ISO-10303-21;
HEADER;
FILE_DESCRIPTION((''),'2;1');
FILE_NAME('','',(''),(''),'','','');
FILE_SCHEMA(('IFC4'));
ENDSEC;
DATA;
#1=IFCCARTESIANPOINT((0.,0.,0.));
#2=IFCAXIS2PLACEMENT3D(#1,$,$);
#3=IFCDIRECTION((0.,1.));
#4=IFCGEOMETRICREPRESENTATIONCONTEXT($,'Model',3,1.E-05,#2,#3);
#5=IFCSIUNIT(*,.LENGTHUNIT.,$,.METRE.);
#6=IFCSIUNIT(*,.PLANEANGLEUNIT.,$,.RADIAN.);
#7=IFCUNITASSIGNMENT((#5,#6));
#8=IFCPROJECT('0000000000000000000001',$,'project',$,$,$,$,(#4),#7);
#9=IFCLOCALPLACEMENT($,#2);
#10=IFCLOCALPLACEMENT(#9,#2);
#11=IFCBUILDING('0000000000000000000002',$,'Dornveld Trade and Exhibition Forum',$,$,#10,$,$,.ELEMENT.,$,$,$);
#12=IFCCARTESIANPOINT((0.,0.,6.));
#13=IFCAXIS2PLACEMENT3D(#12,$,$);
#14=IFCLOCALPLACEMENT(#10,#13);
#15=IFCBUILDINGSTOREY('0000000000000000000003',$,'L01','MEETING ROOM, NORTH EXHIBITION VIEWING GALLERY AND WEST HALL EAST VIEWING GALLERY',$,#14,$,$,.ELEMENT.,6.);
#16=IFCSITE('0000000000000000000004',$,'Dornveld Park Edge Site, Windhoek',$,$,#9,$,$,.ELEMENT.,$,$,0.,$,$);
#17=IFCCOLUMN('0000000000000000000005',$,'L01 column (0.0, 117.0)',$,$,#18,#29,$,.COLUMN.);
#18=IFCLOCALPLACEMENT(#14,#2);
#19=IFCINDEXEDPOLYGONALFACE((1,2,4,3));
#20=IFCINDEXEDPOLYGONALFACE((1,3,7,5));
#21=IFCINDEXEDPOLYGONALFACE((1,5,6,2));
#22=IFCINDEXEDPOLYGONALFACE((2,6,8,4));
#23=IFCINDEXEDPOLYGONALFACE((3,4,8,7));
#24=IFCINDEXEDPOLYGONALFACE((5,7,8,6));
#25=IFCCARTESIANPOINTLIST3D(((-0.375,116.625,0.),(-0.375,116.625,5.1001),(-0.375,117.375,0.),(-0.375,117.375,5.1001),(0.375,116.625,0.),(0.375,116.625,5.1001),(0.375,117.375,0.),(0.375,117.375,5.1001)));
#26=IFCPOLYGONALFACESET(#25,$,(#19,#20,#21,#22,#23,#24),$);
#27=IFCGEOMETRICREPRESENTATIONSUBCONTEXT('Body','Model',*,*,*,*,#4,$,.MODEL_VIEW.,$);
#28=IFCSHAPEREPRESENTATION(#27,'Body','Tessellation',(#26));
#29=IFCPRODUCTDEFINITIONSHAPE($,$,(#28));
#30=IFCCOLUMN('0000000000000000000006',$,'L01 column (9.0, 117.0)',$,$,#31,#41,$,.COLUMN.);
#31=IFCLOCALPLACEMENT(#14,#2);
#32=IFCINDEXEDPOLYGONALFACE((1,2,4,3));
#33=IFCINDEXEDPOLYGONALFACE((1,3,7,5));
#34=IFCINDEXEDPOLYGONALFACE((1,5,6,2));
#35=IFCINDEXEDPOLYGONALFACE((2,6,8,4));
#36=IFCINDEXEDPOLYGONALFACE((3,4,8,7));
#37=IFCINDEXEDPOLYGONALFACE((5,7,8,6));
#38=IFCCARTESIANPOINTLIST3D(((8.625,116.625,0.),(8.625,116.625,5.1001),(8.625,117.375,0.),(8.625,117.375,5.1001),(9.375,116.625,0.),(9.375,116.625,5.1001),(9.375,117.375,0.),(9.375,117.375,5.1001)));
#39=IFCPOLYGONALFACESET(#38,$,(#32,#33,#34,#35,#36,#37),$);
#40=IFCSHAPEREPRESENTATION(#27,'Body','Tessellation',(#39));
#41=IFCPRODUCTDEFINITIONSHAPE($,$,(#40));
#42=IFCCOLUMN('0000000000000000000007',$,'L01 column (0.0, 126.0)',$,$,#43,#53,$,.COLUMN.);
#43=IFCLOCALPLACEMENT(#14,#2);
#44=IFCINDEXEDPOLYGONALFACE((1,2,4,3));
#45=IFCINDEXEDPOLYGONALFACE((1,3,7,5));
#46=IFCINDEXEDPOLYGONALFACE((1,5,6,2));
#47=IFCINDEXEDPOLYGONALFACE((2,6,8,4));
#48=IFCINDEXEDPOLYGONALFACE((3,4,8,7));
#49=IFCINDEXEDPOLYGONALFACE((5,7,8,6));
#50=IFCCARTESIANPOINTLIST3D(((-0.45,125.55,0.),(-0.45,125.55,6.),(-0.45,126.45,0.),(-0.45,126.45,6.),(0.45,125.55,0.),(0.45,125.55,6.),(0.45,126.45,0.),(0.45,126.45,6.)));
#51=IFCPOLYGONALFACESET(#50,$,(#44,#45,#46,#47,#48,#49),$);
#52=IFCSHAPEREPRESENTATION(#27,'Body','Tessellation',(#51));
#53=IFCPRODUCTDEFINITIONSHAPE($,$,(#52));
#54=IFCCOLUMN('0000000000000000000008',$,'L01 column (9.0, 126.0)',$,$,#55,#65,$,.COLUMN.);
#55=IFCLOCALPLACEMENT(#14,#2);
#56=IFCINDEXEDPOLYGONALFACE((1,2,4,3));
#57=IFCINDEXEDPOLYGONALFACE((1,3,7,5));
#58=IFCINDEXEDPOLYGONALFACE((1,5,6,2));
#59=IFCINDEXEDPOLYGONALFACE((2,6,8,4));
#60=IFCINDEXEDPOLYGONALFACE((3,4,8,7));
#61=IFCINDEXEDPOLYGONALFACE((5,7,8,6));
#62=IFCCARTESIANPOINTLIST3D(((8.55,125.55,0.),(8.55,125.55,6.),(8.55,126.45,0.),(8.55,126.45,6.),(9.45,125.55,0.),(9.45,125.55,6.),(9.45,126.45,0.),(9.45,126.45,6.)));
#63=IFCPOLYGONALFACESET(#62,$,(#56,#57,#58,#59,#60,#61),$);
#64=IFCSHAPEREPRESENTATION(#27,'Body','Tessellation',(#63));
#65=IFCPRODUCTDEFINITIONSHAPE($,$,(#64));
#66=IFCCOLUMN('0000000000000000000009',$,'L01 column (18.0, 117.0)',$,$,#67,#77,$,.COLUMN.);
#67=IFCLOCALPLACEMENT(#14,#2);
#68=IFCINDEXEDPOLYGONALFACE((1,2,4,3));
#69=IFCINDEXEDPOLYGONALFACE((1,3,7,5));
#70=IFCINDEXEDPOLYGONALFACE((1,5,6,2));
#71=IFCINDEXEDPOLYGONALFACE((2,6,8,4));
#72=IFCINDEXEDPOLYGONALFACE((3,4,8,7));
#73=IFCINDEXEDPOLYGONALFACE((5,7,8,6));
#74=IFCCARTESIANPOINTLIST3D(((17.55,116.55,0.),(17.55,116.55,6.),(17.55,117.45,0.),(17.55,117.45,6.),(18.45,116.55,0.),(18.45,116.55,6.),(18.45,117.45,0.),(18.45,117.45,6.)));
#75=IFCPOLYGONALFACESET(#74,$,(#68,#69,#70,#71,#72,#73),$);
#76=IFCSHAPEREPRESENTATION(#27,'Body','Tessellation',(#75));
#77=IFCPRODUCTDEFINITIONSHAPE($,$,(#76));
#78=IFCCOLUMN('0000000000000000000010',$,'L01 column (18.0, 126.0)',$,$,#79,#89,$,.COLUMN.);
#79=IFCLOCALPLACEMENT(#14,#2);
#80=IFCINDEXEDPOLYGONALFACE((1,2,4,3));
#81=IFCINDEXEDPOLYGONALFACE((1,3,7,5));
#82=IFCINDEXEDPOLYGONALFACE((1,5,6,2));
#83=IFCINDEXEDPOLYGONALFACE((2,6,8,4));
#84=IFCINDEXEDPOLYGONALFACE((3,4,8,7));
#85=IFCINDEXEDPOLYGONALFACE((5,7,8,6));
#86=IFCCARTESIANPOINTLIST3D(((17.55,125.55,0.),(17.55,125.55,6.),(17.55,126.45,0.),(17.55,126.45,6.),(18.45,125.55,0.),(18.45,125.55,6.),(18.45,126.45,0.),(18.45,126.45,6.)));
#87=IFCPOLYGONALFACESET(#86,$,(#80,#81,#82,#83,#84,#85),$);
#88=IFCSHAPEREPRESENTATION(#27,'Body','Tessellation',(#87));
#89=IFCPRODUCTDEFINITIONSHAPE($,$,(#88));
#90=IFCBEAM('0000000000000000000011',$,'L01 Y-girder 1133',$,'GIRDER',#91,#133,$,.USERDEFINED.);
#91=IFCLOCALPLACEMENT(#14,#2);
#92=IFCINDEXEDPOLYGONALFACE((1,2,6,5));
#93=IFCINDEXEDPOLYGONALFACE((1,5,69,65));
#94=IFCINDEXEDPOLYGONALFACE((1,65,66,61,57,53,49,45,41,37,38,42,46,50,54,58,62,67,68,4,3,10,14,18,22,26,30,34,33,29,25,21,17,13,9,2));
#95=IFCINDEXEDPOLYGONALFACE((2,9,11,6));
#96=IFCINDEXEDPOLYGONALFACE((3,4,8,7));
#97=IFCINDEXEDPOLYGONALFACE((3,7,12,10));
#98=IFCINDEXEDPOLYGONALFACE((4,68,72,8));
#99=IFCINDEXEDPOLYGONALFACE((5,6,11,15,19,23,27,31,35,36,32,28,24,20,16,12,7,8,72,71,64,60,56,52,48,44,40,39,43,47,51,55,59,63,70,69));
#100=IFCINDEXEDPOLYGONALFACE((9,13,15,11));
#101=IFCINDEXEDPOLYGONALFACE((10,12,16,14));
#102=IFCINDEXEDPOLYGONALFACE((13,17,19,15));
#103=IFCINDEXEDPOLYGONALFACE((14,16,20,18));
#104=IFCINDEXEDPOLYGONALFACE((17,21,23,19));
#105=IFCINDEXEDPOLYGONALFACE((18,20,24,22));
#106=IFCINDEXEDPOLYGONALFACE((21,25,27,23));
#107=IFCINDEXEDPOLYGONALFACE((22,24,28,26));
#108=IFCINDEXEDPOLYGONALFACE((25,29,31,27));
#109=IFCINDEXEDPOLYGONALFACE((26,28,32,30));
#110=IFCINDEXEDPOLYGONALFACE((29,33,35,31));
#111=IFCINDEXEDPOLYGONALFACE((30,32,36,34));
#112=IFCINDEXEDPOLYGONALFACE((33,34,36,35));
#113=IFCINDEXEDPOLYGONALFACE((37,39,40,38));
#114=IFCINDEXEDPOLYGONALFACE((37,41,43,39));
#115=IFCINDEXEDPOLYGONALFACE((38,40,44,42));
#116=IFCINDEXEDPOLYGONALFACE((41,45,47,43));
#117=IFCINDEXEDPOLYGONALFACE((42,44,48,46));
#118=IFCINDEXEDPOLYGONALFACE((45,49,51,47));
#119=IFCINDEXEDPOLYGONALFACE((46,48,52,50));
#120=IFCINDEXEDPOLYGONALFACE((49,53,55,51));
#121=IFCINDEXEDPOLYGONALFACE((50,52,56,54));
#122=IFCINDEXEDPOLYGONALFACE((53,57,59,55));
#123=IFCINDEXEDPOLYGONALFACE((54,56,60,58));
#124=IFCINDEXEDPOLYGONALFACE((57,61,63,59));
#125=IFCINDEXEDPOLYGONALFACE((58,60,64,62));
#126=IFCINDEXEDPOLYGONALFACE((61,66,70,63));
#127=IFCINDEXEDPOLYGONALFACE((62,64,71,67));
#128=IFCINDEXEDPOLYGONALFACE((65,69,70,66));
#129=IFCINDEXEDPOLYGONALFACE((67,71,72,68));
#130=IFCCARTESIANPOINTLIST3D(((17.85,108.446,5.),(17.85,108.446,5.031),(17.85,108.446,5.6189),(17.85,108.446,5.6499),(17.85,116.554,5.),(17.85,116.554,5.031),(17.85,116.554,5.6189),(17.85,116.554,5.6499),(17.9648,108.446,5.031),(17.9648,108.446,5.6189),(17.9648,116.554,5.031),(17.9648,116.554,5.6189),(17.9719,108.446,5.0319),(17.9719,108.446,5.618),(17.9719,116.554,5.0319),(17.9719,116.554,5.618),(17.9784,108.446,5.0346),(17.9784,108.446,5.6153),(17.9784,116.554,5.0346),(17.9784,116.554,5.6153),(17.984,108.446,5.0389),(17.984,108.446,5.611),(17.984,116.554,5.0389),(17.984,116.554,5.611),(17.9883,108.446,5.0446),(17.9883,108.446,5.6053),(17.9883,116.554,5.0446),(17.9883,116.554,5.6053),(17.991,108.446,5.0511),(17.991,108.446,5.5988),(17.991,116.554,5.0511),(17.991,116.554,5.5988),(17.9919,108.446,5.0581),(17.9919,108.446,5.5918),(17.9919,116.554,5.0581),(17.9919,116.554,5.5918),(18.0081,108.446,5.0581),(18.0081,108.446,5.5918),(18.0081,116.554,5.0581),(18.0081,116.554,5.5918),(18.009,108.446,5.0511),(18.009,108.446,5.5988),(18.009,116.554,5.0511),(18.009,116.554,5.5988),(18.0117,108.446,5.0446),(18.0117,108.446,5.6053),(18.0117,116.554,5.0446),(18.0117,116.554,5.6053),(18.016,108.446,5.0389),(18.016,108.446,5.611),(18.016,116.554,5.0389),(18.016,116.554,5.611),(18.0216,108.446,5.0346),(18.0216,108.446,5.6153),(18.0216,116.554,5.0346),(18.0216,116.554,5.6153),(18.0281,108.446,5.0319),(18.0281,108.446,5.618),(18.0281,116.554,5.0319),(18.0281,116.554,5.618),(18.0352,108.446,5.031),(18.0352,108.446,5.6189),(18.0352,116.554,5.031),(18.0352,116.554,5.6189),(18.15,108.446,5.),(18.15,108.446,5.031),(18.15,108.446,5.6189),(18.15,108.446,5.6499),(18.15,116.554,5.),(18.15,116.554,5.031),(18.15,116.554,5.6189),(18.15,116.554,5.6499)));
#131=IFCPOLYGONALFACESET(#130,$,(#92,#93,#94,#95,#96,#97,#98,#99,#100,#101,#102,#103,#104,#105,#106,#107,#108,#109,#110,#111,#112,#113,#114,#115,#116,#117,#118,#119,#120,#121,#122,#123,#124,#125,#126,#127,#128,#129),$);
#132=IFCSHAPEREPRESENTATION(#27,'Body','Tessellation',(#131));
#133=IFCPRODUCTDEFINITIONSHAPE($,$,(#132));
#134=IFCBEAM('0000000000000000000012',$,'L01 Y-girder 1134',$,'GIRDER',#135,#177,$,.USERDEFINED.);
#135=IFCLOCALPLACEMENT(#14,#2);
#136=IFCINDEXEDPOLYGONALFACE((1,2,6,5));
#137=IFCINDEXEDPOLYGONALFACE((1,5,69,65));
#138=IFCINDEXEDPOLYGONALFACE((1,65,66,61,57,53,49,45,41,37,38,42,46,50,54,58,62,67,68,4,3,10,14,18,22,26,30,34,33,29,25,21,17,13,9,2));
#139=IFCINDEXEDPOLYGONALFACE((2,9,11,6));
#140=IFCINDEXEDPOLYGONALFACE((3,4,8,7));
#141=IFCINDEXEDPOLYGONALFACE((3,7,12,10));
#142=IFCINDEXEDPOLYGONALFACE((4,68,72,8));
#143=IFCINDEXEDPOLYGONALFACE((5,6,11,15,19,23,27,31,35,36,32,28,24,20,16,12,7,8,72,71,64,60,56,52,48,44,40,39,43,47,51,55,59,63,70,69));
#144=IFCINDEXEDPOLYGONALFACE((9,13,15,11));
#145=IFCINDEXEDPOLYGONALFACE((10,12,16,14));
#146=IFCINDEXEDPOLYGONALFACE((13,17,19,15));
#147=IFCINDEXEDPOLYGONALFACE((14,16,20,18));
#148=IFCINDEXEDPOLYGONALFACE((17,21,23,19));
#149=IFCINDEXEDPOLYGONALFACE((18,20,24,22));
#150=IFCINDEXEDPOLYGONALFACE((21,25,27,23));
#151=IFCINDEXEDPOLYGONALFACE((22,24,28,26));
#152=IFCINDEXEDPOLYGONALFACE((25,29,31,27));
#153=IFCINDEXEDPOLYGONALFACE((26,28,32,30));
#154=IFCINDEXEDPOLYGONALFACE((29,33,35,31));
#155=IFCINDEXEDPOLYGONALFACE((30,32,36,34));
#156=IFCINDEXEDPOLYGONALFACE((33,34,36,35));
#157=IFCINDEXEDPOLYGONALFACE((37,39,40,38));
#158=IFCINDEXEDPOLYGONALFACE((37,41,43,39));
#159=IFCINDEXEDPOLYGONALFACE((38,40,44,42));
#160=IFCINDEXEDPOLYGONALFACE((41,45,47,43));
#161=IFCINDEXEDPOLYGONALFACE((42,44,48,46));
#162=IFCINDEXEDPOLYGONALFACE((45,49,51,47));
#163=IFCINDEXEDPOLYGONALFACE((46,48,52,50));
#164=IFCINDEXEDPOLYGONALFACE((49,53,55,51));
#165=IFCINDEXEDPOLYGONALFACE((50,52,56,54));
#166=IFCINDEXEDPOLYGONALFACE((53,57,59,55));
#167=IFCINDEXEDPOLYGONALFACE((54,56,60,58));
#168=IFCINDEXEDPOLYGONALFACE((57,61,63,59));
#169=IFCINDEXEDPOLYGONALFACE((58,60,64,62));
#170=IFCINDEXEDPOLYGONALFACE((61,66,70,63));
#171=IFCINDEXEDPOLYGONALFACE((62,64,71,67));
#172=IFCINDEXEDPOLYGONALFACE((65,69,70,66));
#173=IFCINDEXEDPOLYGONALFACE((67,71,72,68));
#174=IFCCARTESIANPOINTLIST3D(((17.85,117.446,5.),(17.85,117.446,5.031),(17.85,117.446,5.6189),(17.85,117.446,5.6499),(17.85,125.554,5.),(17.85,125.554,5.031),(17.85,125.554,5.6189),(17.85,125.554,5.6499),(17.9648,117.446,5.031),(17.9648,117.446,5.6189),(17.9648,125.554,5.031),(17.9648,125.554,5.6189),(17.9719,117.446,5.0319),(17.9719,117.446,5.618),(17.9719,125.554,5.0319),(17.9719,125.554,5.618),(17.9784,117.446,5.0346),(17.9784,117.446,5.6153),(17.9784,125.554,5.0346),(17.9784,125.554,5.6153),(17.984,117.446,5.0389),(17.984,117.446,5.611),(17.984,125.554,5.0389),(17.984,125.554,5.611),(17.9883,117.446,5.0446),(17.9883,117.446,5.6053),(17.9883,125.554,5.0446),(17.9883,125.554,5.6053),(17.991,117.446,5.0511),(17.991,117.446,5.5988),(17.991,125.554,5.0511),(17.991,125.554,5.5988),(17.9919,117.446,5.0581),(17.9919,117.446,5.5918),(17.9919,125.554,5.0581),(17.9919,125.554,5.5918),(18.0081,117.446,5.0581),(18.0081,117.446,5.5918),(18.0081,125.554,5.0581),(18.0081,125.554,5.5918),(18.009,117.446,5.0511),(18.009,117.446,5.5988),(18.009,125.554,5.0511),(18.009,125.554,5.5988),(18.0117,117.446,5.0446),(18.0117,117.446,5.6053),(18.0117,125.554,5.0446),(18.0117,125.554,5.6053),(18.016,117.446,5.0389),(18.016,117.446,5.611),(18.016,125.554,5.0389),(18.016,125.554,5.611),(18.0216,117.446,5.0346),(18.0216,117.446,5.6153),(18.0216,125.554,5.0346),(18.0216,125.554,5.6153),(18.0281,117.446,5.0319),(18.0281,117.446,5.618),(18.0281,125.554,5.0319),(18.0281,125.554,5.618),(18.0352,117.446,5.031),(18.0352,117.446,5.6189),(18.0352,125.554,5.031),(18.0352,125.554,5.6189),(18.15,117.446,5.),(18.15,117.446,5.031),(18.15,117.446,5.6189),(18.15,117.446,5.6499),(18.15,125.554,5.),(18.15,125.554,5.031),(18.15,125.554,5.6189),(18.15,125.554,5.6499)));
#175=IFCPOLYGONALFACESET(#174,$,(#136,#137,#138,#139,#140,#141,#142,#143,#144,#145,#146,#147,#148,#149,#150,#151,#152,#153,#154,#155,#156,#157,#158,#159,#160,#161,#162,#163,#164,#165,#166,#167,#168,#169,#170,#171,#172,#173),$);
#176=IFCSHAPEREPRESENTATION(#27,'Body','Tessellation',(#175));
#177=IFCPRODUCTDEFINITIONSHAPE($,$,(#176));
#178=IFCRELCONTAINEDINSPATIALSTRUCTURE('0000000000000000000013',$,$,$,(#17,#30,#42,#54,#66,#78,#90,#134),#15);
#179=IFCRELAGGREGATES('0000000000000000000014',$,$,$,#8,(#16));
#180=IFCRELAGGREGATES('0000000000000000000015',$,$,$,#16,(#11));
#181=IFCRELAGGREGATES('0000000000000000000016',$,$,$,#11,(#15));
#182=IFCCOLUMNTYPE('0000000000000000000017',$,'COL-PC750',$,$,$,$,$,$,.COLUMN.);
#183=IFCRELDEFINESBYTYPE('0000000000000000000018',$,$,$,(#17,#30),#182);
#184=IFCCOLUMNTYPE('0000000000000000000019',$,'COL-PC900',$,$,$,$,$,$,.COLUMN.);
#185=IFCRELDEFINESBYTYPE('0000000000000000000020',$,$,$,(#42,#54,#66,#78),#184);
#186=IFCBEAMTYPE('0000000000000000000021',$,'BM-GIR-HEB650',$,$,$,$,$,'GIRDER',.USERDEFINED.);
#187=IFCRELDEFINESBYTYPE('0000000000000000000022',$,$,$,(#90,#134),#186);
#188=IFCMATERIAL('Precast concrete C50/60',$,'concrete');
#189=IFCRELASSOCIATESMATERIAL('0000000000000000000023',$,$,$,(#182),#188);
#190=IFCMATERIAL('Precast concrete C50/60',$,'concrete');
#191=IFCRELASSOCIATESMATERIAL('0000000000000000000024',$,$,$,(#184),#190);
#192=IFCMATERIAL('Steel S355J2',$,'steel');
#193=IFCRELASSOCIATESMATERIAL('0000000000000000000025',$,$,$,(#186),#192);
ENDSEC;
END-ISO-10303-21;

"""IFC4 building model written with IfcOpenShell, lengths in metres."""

from ifc_helpers import new_model, si_unit, direction, frame, origin, origin_2d, place, context, subcontext, project, spatial, rectangle, i_section, extrude, material, material_profile, profile_set, type_object, element, save


model = new_model("IFC4")

# Units and contexts
model_context = context("Model", 3, precision=1e-05, world=origin(), true_north=direction((0.0, 1.0)))
body_context = subcontext(model_context, "Body", "Model", "MODEL_VIEW")
ifc_project = project(units=[si_unit("LENGTHUNIT", "METRE"), si_unit("PLANEANGLEUNIT", "RADIAN")], contexts=[model_context])

# Site, building, storey
site_placement = place(None, origin())
site = spatial("IfcSite", under=ifc_project, at=site_placement, Name="Dornveld Park Edge Site, Windhoek", CompositionType="ELEMENT", RefElevation=0.0)
building_placement = place(site_placement, origin())
building = spatial("IfcBuilding", under=site, at=building_placement, Name="Dornveld Trade and Exhibition Forum", CompositionType="ELEMENT")
storey_placement = place(building_placement, frame((0.0, 0.0, 6.0)))
storey = spatial("IfcBuildingStorey", under=building, at=storey_placement, Name="L01", Description="MEETING ROOM, NORTH EXHIBITION VIEWING GALLERY AND WEST HALL EAST VIEWING GALLERY", CompositionType="ELEMENT", Elevation=6.0)

# Columns
ifc_material_1 = material(Name="Precast concrete C50/60", Category="concrete")
ifc_material_profile_1 = material_profile(ifc_material_1, rectangle(XDim=0.75, YDim=0.75, at=origin_2d()), Name="PC-COL 750x750")
ifc_profile_set_1 = profile_set([ifc_material_profile_1], Name="Precast concrete C50/60")
column_type_1 = type_object("IfcColumnType", Name="COL-PC750", PredefinedType="COLUMN", material=ifc_profile_set_1)
for number, where, z_axis, x_axis, name in (
    (1, (0.0, 117.0, 0.0), (0.0, 0.0, 1.0), (1.0, 0.0, 0.0), "L01 column (0.0, 117.0)"),
    (2, (9.0, 117.0, 0.0), (0.0, 0.0, 1.0), (1.0, 0.0, 0.0), "L01 column (9.0, 117.0)"),
):
    element("IfcColumn", number, at=place(storey_placement, frame(where, z_axis=z_axis, x_axis=x_axis)), inside=storey, type_object=column_type_1, Name=name, PredefinedType="COLUMN", context=body_context, shape_type="SweptSolid", body=[
        extrude(rectangle(XDim=0.75, YDim=0.75, at=origin_2d()), origin(), (0.0, 0.0, 1.0), 5.1001),
    ])
ifc_material_2 = material(Name="Precast concrete C50/60", Category="concrete")
ifc_material_profile_2 = material_profile(ifc_material_2, rectangle(XDim=0.8999, YDim=0.8999, at=origin_2d()), Name="PC-COL 900x900")
ifc_profile_set_2 = profile_set([ifc_material_profile_2], Name="Precast concrete C50/60")
column_type_2 = type_object("IfcColumnType", Name="COL-PC900", PredefinedType="COLUMN", material=ifc_profile_set_2)
for number, where, z_axis, x_axis, name in (
    (3, (0.0, 126.0, 0.0), (0.0, 0.0, 1.0), (1.0, 0.0, 0.0), "L01 column (0.0, 126.0)"),
    (4, (9.0, 126.0, 0.0), (0.0, 0.0, 1.0), (1.0, 0.0, 0.0), "L01 column (9.0, 126.0)"),
    (5, (18.0, 117.0, 0.0), (0.0, 0.0, 1.0), (1.0, 0.0, 0.0), "L01 column (18.0, 117.0)"),
    (6, (18.0, 126.0, 0.0), (0.0, 0.0, 1.0), (1.0, 0.0, 0.0), "L01 column (18.0, 126.0)"),
):
    element("IfcColumn", number, at=place(storey_placement, frame(where, z_axis=z_axis, x_axis=x_axis)), inside=storey, type_object=column_type_2, Name=name, PredefinedType="COLUMN", context=body_context, shape_type="SweptSolid", body=[
        extrude(rectangle(XDim=0.8999, YDim=0.8999, at=origin_2d()), origin(), (0.0, 0.0, 1.0), 6.0),
    ])

# Beams
ifc_material_3 = material(Name="Steel S355J2", Category="steel")
ifc_material_profile_3 = material_profile(ifc_material_3, i_section(OverallWidth=0.3, OverallDepth=0.6499, WebThickness=0.0161, FlangeThickness=0.031, FilletRadius=0.0271, at=origin_2d()), Name="HEB 650")
ifc_profile_set_3 = profile_set([ifc_material_profile_3], Name="Steel S355J2")
beam_type_1 = type_object("IfcBeamType", Name="BM-GIR-HEB650", ElementType="GIRDER", PredefinedType="USERDEFINED", material=ifc_profile_set_3)
for number, where, z_axis, x_axis, name in (
    (7, (18.0, 108.446, 5.325), (0.0, 1.0, 0.0), (-1.0, 0.0, 0.0), "L01 Y-girder 1133"),
    (8, (18.0, 117.446, 5.325), (0.0, 1.0, 0.0), (-1.0, 0.0, 0.0), "L01 Y-girder 1134"),
):
    element("IfcBeam", number, at=place(storey_placement, frame(where, z_axis=z_axis, x_axis=x_axis)), inside=storey, type_object=beam_type_1, Name=name, ObjectType="GIRDER", PredefinedType="USERDEFINED", context=body_context, shape_type="SweptSolid", body=[
        extrude(i_section(OverallWidth=0.3, OverallDepth=0.6499, WebThickness=0.0161, FlangeThickness=0.031, FilletRadius=0.0271, at=origin_2d()), origin(), (0.0, 0.0, 1.0), 8.1079),
    ])

save(model, "model.ifc")
